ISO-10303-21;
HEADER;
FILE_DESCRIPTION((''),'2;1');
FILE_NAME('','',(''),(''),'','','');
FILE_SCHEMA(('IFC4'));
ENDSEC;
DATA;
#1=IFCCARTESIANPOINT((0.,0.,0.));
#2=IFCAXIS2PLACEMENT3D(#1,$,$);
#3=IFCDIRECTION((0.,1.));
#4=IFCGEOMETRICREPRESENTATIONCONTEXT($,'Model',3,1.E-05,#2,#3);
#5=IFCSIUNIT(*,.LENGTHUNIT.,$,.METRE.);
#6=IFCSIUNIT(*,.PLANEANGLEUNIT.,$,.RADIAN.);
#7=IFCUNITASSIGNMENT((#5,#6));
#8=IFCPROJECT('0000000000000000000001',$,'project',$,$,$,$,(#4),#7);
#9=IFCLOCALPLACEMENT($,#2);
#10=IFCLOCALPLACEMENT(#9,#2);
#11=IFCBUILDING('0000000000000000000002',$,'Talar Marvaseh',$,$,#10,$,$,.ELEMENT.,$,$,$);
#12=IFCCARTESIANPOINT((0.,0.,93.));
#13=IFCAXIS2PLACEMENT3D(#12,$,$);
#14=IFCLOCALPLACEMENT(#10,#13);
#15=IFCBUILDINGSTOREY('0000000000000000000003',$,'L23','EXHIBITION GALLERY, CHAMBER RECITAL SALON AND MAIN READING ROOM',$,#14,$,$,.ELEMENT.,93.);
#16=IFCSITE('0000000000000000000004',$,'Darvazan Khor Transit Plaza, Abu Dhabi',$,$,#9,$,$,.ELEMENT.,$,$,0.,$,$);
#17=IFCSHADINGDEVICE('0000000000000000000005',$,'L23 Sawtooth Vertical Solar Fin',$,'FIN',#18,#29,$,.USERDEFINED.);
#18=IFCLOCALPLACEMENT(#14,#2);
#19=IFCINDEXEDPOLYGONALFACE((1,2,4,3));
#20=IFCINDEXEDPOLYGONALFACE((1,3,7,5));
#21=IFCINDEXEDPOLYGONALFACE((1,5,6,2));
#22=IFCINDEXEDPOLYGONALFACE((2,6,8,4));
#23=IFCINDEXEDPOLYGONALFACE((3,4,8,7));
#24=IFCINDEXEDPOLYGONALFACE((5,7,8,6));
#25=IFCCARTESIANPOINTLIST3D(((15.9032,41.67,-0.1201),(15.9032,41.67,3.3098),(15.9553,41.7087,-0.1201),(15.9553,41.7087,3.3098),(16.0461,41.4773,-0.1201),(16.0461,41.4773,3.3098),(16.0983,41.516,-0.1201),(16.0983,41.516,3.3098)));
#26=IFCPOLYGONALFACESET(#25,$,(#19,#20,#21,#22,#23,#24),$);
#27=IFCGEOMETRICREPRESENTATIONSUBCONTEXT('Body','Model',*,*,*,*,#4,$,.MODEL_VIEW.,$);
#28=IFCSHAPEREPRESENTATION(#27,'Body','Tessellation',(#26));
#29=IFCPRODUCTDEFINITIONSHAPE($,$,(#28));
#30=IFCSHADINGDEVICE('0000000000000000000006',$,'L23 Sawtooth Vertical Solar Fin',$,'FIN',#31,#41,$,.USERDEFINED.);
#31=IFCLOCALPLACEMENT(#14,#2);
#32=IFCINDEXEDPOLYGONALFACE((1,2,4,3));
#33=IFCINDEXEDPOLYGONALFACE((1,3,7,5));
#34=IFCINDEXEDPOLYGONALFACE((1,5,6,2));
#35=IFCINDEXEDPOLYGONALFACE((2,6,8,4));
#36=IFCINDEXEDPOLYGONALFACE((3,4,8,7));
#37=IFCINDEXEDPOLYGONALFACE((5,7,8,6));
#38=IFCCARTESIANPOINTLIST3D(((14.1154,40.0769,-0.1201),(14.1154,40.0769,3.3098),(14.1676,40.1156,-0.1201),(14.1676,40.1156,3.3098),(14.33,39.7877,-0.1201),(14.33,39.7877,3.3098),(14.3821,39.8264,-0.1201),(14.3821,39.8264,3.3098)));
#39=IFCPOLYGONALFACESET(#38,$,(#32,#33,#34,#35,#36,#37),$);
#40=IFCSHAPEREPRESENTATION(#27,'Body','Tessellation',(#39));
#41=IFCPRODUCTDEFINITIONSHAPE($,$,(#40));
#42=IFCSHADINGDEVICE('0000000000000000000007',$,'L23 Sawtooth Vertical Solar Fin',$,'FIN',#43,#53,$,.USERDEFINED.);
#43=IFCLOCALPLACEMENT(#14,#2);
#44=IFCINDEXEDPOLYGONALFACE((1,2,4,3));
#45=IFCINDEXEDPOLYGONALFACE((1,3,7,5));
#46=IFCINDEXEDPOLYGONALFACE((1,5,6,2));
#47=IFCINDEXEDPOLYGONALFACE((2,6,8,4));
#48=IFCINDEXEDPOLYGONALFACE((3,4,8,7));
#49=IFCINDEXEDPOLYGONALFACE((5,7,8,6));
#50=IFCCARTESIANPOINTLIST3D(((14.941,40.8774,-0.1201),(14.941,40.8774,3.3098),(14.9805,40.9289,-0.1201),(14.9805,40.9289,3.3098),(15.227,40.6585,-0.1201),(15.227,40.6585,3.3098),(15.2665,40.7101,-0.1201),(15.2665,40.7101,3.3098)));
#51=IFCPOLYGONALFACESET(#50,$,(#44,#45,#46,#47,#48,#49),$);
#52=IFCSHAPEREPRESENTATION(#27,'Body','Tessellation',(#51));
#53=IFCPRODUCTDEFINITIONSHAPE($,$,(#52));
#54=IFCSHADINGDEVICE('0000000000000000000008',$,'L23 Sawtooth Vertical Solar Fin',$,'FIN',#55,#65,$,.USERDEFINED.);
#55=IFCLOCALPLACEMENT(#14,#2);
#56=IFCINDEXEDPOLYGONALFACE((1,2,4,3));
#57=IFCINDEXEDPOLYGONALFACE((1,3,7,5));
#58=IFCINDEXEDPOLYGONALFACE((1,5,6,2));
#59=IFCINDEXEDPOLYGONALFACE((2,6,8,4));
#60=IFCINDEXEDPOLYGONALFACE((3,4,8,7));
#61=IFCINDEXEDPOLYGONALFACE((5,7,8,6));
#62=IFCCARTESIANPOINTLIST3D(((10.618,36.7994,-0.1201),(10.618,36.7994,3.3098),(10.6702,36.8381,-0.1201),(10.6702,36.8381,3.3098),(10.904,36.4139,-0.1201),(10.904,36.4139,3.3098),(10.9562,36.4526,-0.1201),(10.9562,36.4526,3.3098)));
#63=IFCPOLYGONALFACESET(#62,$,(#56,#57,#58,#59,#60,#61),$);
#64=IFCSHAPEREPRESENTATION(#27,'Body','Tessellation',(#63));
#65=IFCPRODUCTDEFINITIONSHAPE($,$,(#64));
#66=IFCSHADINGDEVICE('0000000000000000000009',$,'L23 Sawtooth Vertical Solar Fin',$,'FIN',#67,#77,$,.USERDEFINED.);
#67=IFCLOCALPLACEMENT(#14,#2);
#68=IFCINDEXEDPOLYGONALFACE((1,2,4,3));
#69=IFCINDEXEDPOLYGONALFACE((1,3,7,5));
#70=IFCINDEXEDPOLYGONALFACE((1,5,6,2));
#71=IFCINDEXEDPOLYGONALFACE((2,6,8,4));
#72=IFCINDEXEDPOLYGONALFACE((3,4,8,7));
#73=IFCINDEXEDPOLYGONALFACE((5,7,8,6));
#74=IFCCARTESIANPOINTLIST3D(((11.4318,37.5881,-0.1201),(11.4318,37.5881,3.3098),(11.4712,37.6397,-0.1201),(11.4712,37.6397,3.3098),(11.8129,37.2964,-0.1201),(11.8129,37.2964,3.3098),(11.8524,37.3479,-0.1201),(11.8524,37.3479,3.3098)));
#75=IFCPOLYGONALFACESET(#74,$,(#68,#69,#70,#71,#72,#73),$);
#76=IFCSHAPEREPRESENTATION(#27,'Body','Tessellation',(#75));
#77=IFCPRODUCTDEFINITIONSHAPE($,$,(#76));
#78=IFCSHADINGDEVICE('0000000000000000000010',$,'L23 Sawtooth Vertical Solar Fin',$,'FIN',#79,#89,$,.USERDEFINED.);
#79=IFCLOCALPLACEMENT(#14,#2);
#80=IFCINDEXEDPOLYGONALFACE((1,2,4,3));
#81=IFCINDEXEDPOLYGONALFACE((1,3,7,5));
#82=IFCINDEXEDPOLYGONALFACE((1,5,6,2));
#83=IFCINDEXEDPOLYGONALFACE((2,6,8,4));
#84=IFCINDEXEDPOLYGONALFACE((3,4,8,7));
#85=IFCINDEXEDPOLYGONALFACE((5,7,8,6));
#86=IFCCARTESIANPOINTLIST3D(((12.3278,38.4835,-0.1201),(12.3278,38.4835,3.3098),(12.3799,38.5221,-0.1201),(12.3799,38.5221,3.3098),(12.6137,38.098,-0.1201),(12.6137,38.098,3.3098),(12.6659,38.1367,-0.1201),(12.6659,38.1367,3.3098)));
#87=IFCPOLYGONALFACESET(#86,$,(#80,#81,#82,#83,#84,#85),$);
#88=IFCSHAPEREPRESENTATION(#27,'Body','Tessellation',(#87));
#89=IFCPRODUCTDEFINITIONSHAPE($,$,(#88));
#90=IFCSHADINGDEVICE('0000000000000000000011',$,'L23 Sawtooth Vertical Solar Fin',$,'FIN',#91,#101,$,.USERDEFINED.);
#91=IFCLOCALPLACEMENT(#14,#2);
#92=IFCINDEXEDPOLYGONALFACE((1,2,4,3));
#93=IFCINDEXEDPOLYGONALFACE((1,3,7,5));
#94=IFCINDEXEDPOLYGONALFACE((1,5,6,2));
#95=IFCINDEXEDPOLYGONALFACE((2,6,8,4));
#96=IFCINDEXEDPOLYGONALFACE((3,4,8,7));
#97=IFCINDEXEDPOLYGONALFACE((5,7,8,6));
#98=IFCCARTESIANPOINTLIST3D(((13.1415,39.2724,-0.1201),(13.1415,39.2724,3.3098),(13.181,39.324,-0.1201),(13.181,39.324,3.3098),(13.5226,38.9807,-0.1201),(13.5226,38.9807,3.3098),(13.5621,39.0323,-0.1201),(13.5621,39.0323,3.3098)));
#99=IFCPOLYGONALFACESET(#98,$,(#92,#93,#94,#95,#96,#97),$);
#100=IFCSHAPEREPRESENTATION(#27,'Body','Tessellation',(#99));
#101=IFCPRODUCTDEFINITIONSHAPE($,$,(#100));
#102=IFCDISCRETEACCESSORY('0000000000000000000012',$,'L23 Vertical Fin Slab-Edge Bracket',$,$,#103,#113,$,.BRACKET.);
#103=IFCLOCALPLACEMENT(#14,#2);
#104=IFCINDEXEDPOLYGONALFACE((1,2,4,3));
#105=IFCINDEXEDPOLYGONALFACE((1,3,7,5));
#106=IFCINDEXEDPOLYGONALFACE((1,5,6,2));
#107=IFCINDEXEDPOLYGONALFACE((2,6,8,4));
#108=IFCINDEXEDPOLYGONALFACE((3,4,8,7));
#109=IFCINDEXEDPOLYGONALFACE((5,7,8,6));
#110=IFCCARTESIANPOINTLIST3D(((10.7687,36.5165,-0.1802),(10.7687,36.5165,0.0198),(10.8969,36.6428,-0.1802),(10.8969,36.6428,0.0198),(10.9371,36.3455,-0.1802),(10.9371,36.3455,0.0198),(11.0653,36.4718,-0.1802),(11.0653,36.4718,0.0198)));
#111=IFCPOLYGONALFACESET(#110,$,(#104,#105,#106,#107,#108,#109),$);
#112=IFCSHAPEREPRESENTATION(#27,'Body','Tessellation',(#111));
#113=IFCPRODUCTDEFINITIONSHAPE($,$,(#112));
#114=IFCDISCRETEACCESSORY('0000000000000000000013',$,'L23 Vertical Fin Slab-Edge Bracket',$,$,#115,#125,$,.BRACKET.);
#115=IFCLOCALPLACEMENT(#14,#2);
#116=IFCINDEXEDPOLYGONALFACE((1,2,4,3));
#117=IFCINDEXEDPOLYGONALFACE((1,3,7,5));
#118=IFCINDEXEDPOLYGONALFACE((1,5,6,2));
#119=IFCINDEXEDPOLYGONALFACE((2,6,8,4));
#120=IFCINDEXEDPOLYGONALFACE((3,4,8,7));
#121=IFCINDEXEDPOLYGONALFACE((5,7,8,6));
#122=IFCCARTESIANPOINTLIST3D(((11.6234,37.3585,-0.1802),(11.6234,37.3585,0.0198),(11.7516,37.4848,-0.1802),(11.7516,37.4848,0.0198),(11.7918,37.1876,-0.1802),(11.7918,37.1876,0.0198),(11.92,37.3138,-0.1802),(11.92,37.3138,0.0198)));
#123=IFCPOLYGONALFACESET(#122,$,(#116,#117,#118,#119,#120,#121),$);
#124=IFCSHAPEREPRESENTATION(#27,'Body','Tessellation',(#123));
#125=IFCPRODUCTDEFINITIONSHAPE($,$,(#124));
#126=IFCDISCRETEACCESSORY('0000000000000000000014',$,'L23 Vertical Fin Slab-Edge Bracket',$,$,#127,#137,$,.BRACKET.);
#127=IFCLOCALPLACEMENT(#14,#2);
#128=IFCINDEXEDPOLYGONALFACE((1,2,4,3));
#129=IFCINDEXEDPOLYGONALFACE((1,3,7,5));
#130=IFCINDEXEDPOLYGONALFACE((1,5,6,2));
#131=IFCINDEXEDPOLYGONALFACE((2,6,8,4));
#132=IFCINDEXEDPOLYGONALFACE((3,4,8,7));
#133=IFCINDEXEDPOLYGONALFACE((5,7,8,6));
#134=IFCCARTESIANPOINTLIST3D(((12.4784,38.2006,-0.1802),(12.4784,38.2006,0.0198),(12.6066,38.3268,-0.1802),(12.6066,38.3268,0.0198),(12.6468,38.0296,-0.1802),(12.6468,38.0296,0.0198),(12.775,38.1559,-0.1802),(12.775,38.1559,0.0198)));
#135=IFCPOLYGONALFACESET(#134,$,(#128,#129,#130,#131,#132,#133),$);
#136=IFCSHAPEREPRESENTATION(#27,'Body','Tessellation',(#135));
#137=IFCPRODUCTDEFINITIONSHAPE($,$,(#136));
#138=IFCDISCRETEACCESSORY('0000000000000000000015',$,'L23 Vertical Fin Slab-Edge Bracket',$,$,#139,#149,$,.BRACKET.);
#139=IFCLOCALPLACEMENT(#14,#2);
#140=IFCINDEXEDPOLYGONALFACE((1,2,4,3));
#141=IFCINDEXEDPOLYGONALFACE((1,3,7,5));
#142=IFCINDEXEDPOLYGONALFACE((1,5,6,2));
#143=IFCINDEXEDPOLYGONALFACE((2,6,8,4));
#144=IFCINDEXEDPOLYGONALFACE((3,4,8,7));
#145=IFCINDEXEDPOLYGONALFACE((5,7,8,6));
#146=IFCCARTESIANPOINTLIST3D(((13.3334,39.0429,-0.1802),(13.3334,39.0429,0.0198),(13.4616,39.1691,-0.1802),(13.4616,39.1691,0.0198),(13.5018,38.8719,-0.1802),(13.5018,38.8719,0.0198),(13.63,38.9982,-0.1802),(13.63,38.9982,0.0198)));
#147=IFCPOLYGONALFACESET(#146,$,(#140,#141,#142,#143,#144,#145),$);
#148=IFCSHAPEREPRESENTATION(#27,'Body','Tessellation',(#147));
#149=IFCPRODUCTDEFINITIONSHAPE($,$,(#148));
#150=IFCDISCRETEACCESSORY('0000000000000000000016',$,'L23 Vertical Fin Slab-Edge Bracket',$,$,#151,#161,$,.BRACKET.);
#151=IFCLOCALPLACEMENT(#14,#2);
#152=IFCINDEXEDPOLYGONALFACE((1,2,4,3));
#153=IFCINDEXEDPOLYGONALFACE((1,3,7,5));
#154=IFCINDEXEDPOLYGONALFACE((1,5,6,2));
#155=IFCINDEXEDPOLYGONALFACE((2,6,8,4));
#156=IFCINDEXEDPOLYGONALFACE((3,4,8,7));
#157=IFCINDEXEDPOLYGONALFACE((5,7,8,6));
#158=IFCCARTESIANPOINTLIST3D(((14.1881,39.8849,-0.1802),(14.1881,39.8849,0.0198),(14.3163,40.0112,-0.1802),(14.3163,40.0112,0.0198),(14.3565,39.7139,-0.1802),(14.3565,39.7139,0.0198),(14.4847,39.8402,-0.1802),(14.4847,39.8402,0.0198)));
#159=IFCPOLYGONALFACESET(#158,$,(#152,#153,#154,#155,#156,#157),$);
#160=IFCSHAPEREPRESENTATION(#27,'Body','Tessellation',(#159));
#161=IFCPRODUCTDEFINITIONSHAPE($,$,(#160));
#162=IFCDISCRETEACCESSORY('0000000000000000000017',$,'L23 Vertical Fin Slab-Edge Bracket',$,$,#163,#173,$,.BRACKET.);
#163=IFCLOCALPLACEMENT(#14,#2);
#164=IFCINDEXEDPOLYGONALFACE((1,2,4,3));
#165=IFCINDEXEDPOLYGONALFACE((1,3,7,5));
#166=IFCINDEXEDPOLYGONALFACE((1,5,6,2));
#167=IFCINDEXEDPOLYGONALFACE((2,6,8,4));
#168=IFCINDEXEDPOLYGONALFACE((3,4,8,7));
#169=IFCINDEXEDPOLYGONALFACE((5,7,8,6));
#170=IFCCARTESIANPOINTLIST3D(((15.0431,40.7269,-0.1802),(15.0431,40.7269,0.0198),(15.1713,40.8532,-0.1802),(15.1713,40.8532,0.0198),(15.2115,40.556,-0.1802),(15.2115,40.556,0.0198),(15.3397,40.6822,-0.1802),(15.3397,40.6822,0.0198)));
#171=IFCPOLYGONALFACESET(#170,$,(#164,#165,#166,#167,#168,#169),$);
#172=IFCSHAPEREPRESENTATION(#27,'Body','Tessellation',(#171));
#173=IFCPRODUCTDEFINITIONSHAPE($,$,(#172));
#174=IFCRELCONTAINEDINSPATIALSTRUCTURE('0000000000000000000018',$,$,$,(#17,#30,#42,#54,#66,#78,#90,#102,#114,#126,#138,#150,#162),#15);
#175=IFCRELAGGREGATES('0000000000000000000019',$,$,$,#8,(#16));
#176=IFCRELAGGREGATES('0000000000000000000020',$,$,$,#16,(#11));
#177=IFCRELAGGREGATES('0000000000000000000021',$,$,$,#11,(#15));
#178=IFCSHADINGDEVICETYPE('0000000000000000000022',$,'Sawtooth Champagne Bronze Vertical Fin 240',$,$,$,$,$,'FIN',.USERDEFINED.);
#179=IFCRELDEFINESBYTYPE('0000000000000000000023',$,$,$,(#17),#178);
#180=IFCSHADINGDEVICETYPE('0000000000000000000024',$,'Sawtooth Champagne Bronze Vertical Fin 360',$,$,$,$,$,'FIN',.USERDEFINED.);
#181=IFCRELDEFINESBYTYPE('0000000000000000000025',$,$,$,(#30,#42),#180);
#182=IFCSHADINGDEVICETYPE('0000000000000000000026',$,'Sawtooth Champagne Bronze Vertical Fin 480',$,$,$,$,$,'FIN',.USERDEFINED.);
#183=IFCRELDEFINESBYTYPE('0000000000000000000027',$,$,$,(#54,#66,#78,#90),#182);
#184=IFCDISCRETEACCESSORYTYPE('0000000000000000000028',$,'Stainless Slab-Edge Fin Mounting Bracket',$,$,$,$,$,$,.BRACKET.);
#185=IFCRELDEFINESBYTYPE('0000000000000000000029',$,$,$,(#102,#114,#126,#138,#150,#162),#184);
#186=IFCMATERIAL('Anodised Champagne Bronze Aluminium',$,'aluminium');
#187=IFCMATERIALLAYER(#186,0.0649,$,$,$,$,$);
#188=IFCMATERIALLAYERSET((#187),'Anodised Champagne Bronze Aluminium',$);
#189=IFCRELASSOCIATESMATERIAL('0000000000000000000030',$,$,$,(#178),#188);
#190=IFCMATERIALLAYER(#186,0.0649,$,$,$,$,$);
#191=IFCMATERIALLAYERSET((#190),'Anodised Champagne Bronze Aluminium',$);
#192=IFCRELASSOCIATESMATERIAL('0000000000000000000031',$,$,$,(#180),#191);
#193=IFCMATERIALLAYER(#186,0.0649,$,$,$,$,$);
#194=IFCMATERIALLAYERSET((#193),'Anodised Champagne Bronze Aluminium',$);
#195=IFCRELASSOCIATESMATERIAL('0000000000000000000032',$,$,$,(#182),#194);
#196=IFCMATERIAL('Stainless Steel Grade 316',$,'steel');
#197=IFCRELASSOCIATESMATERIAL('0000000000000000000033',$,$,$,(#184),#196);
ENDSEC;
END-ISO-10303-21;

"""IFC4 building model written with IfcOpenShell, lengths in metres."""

from ifc_helpers import new_model, si_unit, direction, frame, origin, origin_2d, place, context, subcontext, project, spatial, rectangle, extrude, source, transform, mapped, material, layer, layer_set, type_object, type_shapes, element, save


model = new_model("IFC4")

# Units and contexts
model_context = context("Model", 3, precision=1e-05, world=origin(), true_north=direction((0.0, 1.0)))
body_context = subcontext(model_context, "Body", "Model", "MODEL_VIEW")
ifc_project = project(units=[si_unit("LENGTHUNIT", "METRE"), si_unit("PLANEANGLEUNIT", "RADIAN")], contexts=[model_context])

# Site, building, storey
site_placement = place(None, origin())
site = spatial("IfcSite", under=ifc_project, at=site_placement, Name="Darvazan Khor Transit Plaza, Abu Dhabi", CompositionType="ELEMENT", RefElevation=0.0)
building_placement = place(site_placement, origin())
building = spatial("IfcBuilding", under=site, at=building_placement, Name="Talar Marvaseh", CompositionType="ELEMENT")
storey_placement = place(building_placement, frame((0.0, 0.0, 93.0)))
storey = spatial("IfcBuildingStorey", under=building, at=storey_placement, Name="L23", Description="EXHIBITION GALLERY, CHAMBER RECITAL SALON AND MAIN READING ROOM", CompositionType="ELEMENT", Elevation=93.0)

# Shading devices
ifc_material_1 = material(Name="Anodised Champagne Bronze Aluminium", Category="aluminium")
ifc_layer_1 = layer(ifc_material_1, 0.0649)
ifc_layer_set_1 = layer_set([ifc_layer_1], Name="Anodised Champagne Bronze Aluminium")
shading_device_type_1 = type_object("IfcShadingDeviceType", Name="Sawtooth Champagne Bronze Vertical Fin 240", ElementType="FIN", PredefinedType="USERDEFINED", material=ifc_layer_set_1)
shared_shape_1 = source(origin(), body_context, "Body", "SweptSolid", [
    extrude(rectangle(XDim=0.24, YDim=0.0649, at=origin_2d()), origin(), (0.0, 0.0, 1.0), 3.4299),
])
type_shapes(shading_device_type_1, [shared_shape_1])
shading_device_placement = place(storey_placement, frame((16.0007, 41.593, -0.1201), z_axis=(0.0, 0.0, 1.0), x_axis=(-0.595804, 0.80313, 0.0)))
element("IfcShadingDevice", 1, at=shading_device_placement, inside=storey, type_object=shading_device_type_1, Name="L23 Sawtooth Vertical Solar Fin", ObjectType="FIN", PredefinedType="USERDEFINED", context=body_context, shape_type="MappedRepresentation", body=[
    mapped(shared_shape_1, transform((0.0, 0.0, 0.0), x_axis=(1.0, 0.0, 0.0), y_axis=(0.0, 1.0, 0.0), z_axis=(0.0, 0.0, 1.0), scale=1.0)),
])
ifc_layer_2 = layer(ifc_material_1, 0.0649)
ifc_layer_set_2 = layer_set([ifc_layer_2], Name="Anodised Champagne Bronze Aluminium")
shading_device_type_2 = type_object("IfcShadingDeviceType", Name="Sawtooth Champagne Bronze Vertical Fin 360", ElementType="FIN", PredefinedType="USERDEFINED", material=ifc_layer_set_2)
shared_shape_2 = source(origin(), body_context, "Body", "SweptSolid", [
    extrude(rectangle(XDim=0.3601, YDim=0.0649, at=origin_2d()), origin(), (0.0, 0.0, 1.0), 3.4299),
])
type_shapes(shading_device_type_2, [shared_shape_2])
for number, where, z_axis, x_axis, name in (
    (2, (14.2488, 39.9517, -0.1201), (0.0, 0.0, 1.0), (-0.595804, 0.80313, 0.0), "L23 Sawtooth Vertical Solar Fin"),
    (3, (15.1038, 40.7937, -0.1201), (0.0, 0.0, 1.0), (-0.794096, 0.607792, 0.0), "L23 Sawtooth Vertical Solar Fin"),
):
    element("IfcShadingDevice", number, at=place(storey_placement, frame(where, z_axis=z_axis, x_axis=x_axis)), inside=storey, type_object=shading_device_type_2, Name=name, ObjectType="FIN", PredefinedType="USERDEFINED", context=body_context, shape_type="MappedRepresentation", body=[
        mapped(shared_shape_2, transform((0.0, 0.0, 0.0), x_axis=(1.0, 0.0, 0.0), y_axis=(0.0, 1.0, 0.0), z_axis=(0.0, 0.0, 1.0), scale=1.0)),
    ])
ifc_layer_3 = layer(ifc_material_1, 0.0649)
ifc_layer_set_3 = layer_set([ifc_layer_3], Name="Anodised Champagne Bronze Aluminium")
shading_device_type_3 = type_object("IfcShadingDeviceType", Name="Sawtooth Champagne Bronze Vertical Fin 480", ElementType="FIN", PredefinedType="USERDEFINED", material=ifc_layer_set_3)
shared_shape_3 = source(origin(), body_context, "Body", "SweptSolid", [
    extrude(rectangle(XDim=0.48, YDim=0.0649, at=origin_2d()), origin(), (0.0, 0.0, 1.0), 3.4299),
])
type_shapes(shading_device_type_3, [shared_shape_3])
for number, where, z_axis, x_axis, name in (
    (4, (10.7871, 36.626, -0.1201), (0.0, 0.0, 1.0), (-0.595804, 0.80313, 0.0), "L23 Sawtooth Vertical Solar Fin"),
    (5, (11.6421, 37.468, -0.1201), (0.0, 0.0, 1.0), (-0.794096, 0.607792, 0.0), "L23 Sawtooth Vertical Solar Fin"),
    (6, (12.4968, 38.3101, -0.1201), (0.0, 0.0, 1.0), (-0.595804, 0.80313, 0.0), "L23 Sawtooth Vertical Solar Fin"),
    (7, (13.3518, 39.1523, -0.1201), (0.0, 0.0, 1.0), (-0.794096, 0.607792, 0.0), "L23 Sawtooth Vertical Solar Fin"),
):
    element("IfcShadingDevice", number, at=place(storey_placement, frame(where, z_axis=z_axis, x_axis=x_axis)), inside=storey, type_object=shading_device_type_3, Name=name, ObjectType="FIN", PredefinedType="USERDEFINED", context=body_context, shape_type="MappedRepresentation", body=[
        mapped(shared_shape_3, transform((0.0, 0.0, 0.0), x_axis=(1.0, 0.0, 0.0), y_axis=(0.0, 1.0, 0.0), z_axis=(0.0, 0.0, 1.0), scale=1.0)),
    ])

# Discrete accessories
ifc_material_2 = material(Name="Stainless Steel Grade 316", Category="steel")
discrete_accessory_type = type_object("IfcDiscreteAccessoryType", Name="Stainless Slab-Edge Fin Mounting Bracket", PredefinedType="BRACKET", material=ifc_material_2)
shared_shape_4 = source(origin(), body_context, "Body", "SweptSolid", [
    extrude(rectangle(XDim=0.24, YDim=0.1799, at=origin_2d()), origin(), (0.0, 0.0, 1.0), 0.2),
])
type_shapes(discrete_accessory_type, [shared_shape_4])
for number, where, z_axis, x_axis, name in (
    (8, (10.917, 36.4941, -0.1802), (0.0, 0.0, 1.0), (-0.70178, 0.712394, 0.0), "L23 Vertical Fin Slab-Edge Bracket"),
    (9, (11.7717, 37.3362, -0.1802), (0.0, 0.0, 1.0), (-0.70178, 0.712394, 0.0), "L23 Vertical Fin Slab-Edge Bracket"),
    (10, (12.6267, 38.1782, -0.1802), (0.0, 0.0, 1.0), (-0.70178, 0.712394, 0.0), "L23 Vertical Fin Slab-Edge Bracket"),
    (11, (13.4817, 39.0205, -0.1802), (0.0, 0.0, 1.0), (-0.70178, 0.712394, 0.0), "L23 Vertical Fin Slab-Edge Bracket"),
    (12, (14.3364, 39.8625, -0.1802), (0.0, 0.0, 1.0), (-0.70178, 0.712394, 0.0), "L23 Vertical Fin Slab-Edge Bracket"),
    (13, (15.1914, 40.7046, -0.1802), (0.0, 0.0, 1.0), (-0.70178, 0.712394, 0.0), "L23 Vertical Fin Slab-Edge Bracket"),
):
    element("IfcDiscreteAccessory", number, at=place(storey_placement, frame(where, z_axis=z_axis, x_axis=x_axis)), inside=storey, type_object=discrete_accessory_type, Name=name, PredefinedType="BRACKET", context=body_context, shape_type="MappedRepresentation", body=[
        mapped(shared_shape_4, transform((0.0, 0.0, 0.0), x_axis=(1.0, 0.0, 0.0), y_axis=(0.0, 1.0, 0.0), z_axis=(0.0, 0.0, 1.0), scale=1.0)),
    ])

save(model, "model.ifc")
